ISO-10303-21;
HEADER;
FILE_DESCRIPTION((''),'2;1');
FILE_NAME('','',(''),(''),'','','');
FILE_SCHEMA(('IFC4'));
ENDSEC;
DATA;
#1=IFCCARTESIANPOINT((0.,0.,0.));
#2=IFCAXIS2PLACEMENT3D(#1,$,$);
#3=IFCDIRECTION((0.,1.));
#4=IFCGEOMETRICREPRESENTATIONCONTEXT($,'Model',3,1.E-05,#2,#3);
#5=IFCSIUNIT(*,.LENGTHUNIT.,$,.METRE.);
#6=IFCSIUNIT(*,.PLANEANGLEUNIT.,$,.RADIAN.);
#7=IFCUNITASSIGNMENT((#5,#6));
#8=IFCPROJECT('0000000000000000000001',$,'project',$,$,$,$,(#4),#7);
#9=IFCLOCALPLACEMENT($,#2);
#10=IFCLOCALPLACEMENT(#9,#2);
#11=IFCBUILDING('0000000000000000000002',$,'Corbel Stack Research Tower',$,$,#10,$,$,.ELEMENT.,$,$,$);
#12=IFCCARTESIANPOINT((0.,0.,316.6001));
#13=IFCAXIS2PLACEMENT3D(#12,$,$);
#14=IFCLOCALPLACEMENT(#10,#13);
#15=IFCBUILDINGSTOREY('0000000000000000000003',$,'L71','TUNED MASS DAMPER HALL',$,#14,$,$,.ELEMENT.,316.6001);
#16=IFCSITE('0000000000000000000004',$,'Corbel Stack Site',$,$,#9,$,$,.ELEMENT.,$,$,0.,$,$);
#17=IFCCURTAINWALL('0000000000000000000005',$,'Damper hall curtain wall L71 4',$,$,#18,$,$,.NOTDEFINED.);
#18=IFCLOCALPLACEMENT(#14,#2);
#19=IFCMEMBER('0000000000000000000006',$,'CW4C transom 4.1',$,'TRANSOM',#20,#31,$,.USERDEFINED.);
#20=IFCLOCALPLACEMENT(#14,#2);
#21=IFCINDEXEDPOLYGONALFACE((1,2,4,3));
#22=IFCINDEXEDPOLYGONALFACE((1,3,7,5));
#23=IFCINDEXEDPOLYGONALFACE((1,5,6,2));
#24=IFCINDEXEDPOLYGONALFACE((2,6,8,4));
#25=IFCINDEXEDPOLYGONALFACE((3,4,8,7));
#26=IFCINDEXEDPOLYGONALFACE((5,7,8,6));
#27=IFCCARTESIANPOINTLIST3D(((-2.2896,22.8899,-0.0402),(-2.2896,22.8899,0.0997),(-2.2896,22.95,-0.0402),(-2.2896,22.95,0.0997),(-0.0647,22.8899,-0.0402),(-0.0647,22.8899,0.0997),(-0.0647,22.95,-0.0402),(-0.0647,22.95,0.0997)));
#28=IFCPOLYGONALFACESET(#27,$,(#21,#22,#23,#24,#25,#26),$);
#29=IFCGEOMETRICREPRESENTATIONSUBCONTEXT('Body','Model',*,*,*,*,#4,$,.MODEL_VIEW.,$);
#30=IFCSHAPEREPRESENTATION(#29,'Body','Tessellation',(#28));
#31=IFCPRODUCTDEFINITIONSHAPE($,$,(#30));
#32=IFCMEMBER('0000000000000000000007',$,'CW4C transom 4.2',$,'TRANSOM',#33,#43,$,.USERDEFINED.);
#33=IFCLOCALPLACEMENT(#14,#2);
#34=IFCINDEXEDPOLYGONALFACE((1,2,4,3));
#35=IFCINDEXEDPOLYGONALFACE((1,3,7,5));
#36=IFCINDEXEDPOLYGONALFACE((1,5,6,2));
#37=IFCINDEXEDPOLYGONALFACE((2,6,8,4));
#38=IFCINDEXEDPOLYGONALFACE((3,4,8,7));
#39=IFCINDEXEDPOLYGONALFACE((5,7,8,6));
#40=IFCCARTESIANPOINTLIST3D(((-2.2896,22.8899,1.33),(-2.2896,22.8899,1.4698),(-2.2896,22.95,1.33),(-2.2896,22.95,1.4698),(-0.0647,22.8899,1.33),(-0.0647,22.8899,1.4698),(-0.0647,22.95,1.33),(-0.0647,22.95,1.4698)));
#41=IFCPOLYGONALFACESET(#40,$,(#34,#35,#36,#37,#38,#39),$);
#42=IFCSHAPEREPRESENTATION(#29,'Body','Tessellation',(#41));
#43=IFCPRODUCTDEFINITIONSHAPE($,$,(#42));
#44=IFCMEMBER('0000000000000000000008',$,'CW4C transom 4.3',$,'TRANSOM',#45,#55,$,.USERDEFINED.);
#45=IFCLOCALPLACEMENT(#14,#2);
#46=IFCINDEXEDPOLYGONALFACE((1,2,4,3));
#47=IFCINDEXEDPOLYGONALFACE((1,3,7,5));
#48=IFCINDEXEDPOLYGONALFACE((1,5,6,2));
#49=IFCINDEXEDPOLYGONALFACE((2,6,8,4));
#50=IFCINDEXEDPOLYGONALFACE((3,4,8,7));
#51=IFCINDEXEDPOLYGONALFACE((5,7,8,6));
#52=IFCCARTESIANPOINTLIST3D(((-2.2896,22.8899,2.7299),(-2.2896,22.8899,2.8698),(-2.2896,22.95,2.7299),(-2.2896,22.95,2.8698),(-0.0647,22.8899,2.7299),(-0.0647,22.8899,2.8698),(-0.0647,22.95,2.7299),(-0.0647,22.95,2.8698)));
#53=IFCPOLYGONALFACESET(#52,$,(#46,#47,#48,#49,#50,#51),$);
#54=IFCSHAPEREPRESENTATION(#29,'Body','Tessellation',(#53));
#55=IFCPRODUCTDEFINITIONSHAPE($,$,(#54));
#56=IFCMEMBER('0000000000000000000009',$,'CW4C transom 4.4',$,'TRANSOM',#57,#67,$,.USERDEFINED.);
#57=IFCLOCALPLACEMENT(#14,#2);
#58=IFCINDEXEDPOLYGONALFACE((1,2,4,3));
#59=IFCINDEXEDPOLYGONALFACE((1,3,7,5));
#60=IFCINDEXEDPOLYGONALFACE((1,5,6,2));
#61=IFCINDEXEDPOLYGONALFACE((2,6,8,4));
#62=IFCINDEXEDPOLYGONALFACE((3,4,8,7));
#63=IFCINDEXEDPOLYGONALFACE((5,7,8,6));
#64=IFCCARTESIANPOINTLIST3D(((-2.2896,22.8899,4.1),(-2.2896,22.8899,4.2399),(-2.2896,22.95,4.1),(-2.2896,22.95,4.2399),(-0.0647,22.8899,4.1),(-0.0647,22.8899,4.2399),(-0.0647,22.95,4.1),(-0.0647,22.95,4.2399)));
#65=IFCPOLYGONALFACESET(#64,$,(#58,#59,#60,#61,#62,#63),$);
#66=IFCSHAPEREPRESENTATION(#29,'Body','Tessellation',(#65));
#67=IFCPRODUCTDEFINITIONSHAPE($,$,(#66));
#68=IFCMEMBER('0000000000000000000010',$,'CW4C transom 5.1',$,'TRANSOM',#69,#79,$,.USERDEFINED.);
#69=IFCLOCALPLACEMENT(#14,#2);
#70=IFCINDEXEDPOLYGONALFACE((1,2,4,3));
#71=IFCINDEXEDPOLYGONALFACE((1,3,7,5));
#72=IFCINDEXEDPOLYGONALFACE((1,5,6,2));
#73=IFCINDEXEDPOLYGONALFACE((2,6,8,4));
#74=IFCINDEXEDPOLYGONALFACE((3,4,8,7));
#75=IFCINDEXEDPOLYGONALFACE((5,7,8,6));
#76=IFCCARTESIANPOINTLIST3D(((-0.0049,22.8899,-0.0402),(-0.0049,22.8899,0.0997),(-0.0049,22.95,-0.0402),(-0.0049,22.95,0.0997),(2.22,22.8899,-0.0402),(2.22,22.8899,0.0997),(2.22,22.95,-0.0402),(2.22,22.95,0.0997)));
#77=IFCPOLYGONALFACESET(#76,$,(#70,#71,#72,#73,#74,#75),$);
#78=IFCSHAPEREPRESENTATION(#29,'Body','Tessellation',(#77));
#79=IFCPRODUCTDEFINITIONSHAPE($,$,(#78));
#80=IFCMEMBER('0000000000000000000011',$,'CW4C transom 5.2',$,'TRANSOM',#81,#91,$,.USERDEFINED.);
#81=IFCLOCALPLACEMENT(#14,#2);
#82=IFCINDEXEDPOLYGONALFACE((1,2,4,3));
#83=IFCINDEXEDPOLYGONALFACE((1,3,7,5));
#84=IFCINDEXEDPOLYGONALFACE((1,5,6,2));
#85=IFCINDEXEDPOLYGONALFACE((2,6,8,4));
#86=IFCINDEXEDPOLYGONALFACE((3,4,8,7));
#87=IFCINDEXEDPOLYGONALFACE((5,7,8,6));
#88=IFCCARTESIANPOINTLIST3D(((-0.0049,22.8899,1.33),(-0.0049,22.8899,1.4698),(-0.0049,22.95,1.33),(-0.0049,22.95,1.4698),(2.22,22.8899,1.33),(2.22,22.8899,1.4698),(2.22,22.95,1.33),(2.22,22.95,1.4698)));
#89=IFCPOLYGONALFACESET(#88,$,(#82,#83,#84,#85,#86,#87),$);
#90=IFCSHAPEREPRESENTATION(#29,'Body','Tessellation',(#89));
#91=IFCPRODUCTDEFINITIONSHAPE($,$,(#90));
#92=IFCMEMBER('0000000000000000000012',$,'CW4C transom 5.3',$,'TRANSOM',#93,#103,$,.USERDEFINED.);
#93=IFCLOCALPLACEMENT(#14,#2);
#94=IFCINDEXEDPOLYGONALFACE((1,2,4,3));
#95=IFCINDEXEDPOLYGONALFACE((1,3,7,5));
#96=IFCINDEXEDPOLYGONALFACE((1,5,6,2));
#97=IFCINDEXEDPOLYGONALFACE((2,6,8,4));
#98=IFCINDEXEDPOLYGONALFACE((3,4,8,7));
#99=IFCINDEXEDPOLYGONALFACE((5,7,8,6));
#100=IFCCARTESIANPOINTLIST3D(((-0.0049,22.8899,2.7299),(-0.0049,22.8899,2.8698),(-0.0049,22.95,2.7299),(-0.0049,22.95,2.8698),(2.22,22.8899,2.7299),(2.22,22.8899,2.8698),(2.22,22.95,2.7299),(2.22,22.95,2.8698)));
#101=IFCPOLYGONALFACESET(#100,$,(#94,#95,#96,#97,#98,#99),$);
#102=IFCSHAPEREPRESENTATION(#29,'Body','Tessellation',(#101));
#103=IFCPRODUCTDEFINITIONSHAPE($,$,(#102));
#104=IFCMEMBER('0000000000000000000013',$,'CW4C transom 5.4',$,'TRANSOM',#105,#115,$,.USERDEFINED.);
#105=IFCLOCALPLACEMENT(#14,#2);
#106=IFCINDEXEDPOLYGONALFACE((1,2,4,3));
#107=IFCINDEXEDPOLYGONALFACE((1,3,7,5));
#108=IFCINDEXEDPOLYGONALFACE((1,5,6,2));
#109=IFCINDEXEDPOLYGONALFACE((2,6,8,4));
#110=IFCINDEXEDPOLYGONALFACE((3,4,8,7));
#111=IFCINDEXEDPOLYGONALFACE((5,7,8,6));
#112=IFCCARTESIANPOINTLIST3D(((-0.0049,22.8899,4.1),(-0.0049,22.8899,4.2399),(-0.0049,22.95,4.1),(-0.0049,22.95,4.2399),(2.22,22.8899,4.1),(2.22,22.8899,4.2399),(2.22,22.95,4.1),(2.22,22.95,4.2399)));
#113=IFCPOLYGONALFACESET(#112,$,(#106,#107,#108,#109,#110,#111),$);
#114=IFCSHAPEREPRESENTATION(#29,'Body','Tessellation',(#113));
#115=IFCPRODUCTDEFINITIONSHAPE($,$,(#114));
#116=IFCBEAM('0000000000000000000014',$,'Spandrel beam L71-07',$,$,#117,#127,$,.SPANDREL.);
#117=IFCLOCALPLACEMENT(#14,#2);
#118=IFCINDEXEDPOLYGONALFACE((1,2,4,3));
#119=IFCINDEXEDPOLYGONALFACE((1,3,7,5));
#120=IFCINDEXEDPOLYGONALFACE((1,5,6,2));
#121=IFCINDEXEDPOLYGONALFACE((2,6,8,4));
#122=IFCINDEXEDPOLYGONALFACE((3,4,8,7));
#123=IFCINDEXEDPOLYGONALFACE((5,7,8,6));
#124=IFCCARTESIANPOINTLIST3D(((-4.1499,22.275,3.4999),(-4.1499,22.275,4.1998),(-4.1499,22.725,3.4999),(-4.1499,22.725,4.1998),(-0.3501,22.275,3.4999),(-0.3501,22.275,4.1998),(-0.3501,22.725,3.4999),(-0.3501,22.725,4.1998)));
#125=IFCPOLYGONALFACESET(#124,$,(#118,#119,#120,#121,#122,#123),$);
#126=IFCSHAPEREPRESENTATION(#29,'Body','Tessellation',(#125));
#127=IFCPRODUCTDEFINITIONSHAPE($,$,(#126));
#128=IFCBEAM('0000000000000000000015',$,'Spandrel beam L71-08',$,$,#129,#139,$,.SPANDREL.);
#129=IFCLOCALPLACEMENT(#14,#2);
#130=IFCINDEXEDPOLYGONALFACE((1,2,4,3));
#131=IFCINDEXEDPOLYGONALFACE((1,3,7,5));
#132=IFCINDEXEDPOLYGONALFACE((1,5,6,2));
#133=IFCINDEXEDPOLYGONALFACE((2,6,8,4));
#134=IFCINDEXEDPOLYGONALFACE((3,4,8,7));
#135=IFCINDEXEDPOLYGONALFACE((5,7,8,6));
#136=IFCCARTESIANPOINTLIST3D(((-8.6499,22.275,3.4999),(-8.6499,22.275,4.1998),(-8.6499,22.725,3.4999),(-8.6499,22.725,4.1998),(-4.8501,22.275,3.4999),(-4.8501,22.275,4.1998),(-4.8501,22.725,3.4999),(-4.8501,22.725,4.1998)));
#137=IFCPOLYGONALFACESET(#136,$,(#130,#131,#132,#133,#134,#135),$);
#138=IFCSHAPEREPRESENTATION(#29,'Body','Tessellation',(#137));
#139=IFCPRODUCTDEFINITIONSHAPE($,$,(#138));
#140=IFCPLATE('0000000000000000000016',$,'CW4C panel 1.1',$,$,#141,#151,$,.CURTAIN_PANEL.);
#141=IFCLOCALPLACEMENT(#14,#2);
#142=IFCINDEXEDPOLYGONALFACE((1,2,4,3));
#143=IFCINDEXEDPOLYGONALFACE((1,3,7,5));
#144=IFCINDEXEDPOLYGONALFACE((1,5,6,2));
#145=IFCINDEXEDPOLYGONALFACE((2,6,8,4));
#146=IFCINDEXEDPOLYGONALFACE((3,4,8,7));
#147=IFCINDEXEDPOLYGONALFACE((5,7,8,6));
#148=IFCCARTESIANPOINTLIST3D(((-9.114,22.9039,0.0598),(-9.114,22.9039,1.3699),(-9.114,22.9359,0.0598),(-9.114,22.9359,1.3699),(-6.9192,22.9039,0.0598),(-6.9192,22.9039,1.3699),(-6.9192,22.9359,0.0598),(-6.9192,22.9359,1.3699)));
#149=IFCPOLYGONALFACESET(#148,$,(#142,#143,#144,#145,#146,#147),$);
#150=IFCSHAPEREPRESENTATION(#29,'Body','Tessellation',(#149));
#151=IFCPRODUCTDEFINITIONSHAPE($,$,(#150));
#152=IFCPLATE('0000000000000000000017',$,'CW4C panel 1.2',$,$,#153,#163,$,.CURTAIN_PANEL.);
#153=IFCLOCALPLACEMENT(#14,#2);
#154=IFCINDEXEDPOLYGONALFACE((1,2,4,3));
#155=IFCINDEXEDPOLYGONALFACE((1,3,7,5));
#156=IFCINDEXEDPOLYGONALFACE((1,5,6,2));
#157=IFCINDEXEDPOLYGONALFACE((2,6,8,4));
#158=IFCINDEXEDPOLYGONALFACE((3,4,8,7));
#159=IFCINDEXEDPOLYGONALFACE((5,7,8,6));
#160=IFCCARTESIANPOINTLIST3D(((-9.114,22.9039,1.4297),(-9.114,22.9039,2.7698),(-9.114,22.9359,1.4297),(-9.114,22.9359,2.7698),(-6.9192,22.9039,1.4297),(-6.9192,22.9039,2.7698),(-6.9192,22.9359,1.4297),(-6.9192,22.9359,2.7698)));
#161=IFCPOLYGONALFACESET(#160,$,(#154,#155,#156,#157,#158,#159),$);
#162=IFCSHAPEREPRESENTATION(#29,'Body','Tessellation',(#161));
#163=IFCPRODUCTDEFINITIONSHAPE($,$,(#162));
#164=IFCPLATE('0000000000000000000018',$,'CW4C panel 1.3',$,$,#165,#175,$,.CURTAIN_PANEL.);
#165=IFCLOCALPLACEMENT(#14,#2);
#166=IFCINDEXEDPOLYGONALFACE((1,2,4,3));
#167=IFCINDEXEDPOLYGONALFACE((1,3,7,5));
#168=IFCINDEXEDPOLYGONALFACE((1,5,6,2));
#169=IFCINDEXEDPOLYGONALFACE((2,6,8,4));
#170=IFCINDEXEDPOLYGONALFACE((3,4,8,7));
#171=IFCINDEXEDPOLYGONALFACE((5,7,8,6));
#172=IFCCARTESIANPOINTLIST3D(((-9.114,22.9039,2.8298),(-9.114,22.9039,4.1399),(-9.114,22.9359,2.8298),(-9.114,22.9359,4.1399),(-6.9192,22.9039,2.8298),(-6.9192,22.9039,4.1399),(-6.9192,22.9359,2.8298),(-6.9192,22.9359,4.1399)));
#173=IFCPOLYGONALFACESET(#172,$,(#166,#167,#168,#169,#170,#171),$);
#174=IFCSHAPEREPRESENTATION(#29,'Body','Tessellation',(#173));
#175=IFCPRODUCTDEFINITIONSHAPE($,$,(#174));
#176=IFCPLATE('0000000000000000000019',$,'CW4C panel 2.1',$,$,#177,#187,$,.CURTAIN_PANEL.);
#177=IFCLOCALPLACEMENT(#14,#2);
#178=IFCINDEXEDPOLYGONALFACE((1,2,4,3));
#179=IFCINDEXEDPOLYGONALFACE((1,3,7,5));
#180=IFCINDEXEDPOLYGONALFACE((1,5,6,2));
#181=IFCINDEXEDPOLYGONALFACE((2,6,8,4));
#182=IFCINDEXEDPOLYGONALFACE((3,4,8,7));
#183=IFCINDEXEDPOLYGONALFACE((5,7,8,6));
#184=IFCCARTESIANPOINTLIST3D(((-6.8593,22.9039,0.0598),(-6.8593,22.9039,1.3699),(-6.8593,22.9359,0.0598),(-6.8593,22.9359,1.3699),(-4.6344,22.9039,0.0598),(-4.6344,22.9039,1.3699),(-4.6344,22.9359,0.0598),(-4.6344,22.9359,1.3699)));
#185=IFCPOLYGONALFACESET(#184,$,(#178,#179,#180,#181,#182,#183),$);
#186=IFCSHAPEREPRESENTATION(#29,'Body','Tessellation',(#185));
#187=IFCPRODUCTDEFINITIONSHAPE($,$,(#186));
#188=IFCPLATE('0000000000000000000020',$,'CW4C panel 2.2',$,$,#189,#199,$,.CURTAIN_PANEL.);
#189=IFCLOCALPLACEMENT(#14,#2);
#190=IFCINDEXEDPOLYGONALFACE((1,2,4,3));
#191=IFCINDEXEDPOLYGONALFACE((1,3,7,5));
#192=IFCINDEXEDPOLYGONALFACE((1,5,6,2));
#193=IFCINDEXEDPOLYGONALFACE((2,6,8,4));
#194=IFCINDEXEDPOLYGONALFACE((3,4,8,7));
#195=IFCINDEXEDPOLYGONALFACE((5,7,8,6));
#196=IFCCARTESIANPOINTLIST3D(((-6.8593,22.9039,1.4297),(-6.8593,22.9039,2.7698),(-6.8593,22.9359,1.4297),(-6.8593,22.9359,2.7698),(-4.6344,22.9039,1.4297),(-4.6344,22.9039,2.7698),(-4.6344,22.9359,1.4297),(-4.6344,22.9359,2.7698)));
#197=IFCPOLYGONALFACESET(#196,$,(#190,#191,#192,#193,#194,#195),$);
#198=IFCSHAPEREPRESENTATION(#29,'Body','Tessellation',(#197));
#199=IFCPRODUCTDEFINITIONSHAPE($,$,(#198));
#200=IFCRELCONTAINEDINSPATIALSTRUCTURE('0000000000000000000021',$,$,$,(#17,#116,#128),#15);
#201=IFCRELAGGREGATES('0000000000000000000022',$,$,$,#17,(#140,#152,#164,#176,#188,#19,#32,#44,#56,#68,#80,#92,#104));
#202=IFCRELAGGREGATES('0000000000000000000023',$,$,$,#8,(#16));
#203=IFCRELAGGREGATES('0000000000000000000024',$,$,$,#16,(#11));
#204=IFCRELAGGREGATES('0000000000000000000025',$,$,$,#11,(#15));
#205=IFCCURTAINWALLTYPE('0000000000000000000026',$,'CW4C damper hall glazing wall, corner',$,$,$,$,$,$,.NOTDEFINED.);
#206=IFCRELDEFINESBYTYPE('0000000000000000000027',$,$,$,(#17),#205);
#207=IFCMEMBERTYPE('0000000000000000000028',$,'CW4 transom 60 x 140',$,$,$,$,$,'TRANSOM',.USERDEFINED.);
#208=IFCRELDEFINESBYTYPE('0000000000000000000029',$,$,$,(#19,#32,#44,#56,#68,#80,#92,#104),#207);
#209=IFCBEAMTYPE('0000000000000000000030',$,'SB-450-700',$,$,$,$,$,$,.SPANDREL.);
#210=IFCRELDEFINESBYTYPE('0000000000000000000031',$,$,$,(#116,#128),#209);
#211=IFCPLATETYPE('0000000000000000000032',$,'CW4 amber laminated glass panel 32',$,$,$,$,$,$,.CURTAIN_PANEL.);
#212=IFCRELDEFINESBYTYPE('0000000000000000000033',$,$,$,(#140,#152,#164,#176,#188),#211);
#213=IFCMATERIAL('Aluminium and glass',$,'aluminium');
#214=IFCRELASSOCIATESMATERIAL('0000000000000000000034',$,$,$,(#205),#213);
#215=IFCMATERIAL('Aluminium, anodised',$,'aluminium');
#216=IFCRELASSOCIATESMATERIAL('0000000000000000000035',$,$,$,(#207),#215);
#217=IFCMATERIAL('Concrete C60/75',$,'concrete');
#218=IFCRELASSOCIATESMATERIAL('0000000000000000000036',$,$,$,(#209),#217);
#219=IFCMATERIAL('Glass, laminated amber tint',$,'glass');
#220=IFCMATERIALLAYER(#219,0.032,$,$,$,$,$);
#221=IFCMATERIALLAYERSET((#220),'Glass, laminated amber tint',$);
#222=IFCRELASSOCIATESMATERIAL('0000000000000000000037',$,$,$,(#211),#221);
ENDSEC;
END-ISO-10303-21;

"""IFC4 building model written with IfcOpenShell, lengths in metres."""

from ifc_helpers import new_model, si_unit, direction, frame, origin, origin_2d, place, context, subcontext, project, spatial, rectangle, extrude, material, layer, layer_set, material_profile, profile_set, type_object, element, aggregate, save


model = new_model("IFC4")

# Units and contexts
model_context = context("Model", 3, precision=1e-05, world=origin(), true_north=direction((0.0, 1.0)))
body_context = subcontext(model_context, "Body", "Model", "MODEL_VIEW")
ifc_project = project(units=[si_unit("LENGTHUNIT", "METRE"), si_unit("PLANEANGLEUNIT", "RADIAN")], contexts=[model_context])

# Site, building, storey
site_placement = place(None, origin())
site = spatial("IfcSite", under=ifc_project, at=site_placement, Name="Corbel Stack Site", CompositionType="ELEMENT", RefElevation=0.0)
building_placement = place(site_placement, origin())
building = spatial("IfcBuilding", under=site, at=building_placement, Name="Corbel Stack Research Tower", CompositionType="ELEMENT")
storey_placement = place(building_placement, frame((0.0, 0.0, 316.6001)))
storey = spatial("IfcBuildingStorey", under=building, at=storey_placement, Name="L71", Description="TUNED MASS DAMPER HALL", CompositionType="ELEMENT", Elevation=316.6001)

# Curtain wall, members
ifc_material_1 = material(Name="Aluminium and glass", Category="aluminium")
curtain_wall_type = type_object("IfcCurtainWallType", Name="CW4C damper hall glazing wall, corner", PredefinedType="NOTDEFINED", material=ifc_material_1)
curtain_wall_placement = place(storey_placement, origin())
curtain_wall = element("IfcCurtainWall", 1, at=curtain_wall_placement, inside=storey, type_object=curtain_wall_type, Name="Damper hall curtain wall L71 4", PredefinedType="NOTDEFINED")
ifc_material_2 = material(Name="Aluminium, anodised", Category="aluminium")
ifc_material_profile_1 = material_profile(ifc_material_2, rectangle(XDim=0.0601, YDim=0.1399, at=origin_2d()), Name="CW4 transom 60 x 140")
ifc_profile_set_1 = profile_set([ifc_material_profile_1], Name="Aluminium, anodised")
member_type_1 = type_object("IfcMemberType", Name="CW4 transom 60 x 140", ElementType="TRANSOM", PredefinedType="USERDEFINED", material=ifc_profile_set_1)
member_1_placement = place(storey_placement, frame((-2.2896, 22.9199, 0.0298), z_axis=(1.0, 0.0, 0.0), x_axis=(0.0, 1.0, 0.0)))
member_1 = element("IfcMember", 2, at=member_1_placement, type_object=member_type_1, Name="CW4C transom 4.1", ObjectType="TRANSOM", PredefinedType="USERDEFINED", context=body_context, shape_type="SweptSolid", body=[
    extrude(rectangle(XDim=0.0601, YDim=0.1399, at=origin_2d()), origin(), (0.0, 0.0, 1.0), 2.2249),
])
member_2_placement = place(storey_placement, frame((-2.2896, 22.9199, 1.3999), z_axis=(1.0, 0.0, 0.0), x_axis=(0.0, 1.0, 0.0)))
member_2 = element("IfcMember", 3, at=member_2_placement, type_object=member_type_1, Name="CW4C transom 4.2", ObjectType="TRANSOM", PredefinedType="USERDEFINED", context=body_context, shape_type="SweptSolid", body=[
    extrude(rectangle(XDim=0.0601, YDim=0.1399, at=origin_2d()), origin(), (0.0, 0.0, 1.0), 2.2249),
])
member_3_placement = place(storey_placement, frame((-2.2896, 22.9199, 2.7998), z_axis=(1.0, 0.0, 0.0), x_axis=(0.0, 1.0, 0.0)))
member_3 = element("IfcMember", 4, at=member_3_placement, type_object=member_type_1, Name="CW4C transom 4.3", ObjectType="TRANSOM", PredefinedType="USERDEFINED", context=body_context, shape_type="SweptSolid", body=[
    extrude(rectangle(XDim=0.0601, YDim=0.1399, at=origin_2d()), origin(), (0.0, 0.0, 1.0), 2.2249),
])
member_4_placement = place(storey_placement, frame((-2.2896, 22.9199, 4.1699), z_axis=(1.0, 0.0, 0.0), x_axis=(0.0, 1.0, 0.0)))
member_4 = element("IfcMember", 5, at=member_4_placement, type_object=member_type_1, Name="CW4C transom 4.4", ObjectType="TRANSOM", PredefinedType="USERDEFINED", context=body_context, shape_type="SweptSolid", body=[
    extrude(rectangle(XDim=0.0601, YDim=0.1399, at=origin_2d()), origin(), (0.0, 0.0, 1.0), 2.2249),
])
member_5_placement = place(storey_placement, frame((-0.0049, 22.9199, 0.0298), z_axis=(1.0, 0.0, 0.0), x_axis=(0.0, 1.0, 0.0)))
member_5 = element("IfcMember", 6, at=member_5_placement, type_object=member_type_1, Name="CW4C transom 5.1", ObjectType="TRANSOM", PredefinedType="USERDEFINED", context=body_context, shape_type="SweptSolid", body=[
    extrude(rectangle(XDim=0.0601, YDim=0.1399, at=origin_2d()), origin(), (0.0, 0.0, 1.0), 2.2249),
])
member_6_placement = place(storey_placement, frame((-0.0049, 22.9199, 1.3999), z_axis=(1.0, 0.0, 0.0), x_axis=(0.0, 1.0, 0.0)))
member_6 = element("IfcMember", 7, at=member_6_placement, type_object=member_type_1, Name="CW4C transom 5.2", ObjectType="TRANSOM", PredefinedType="USERDEFINED", context=body_context, shape_type="SweptSolid", body=[
    extrude(rectangle(XDim=0.0601, YDim=0.1399, at=origin_2d()), origin(), (0.0, 0.0, 1.0), 2.2249),
])
member_7_placement = place(storey_placement, frame((-0.0049, 22.9199, 2.7998), z_axis=(1.0, 0.0, 0.0), x_axis=(0.0, 1.0, 0.0)))
member_7 = element("IfcMember", 8, at=member_7_placement, type_object=member_type_1, Name="CW4C transom 5.3", ObjectType="TRANSOM", PredefinedType="USERDEFINED", context=body_context, shape_type="SweptSolid", body=[
    extrude(rectangle(XDim=0.0601, YDim=0.1399, at=origin_2d()), origin(), (0.0, 0.0, 1.0), 2.2249),
])
member_8_placement = place(storey_placement, frame((-0.0049, 22.9199, 4.1699), z_axis=(1.0, 0.0, 0.0), x_axis=(0.0, 1.0, 0.0)))
member_8 = element("IfcMember", 9, at=member_8_placement, type_object=member_type_1, Name="CW4C transom 5.4", ObjectType="TRANSOM", PredefinedType="USERDEFINED", context=body_context, shape_type="SweptSolid", body=[
    extrude(rectangle(XDim=0.0601, YDim=0.1399, at=origin_2d()), origin(), (0.0, 0.0, 1.0), 2.2249),
])

# Beams
ifc_material_3 = material(Name="Concrete C60/75", Category="concrete")
ifc_material_profile_2 = material_profile(ifc_material_3, rectangle(XDim=0.45, YDim=0.7, at=origin_2d()), Name="RC 450 x 700")
ifc_profile_set_2 = profile_set([ifc_material_profile_2], Name="Concrete C60/75")
beam_type = type_object("IfcBeamType", Name="SB-450-700", PredefinedType="SPANDREL", material=ifc_profile_set_2)
for number, where, z_axis, x_axis, name in (
    (10, (-0.3501, 22.5, 3.8499), (-1.0, 0.0, 0.0), (0.0, -1.0, 0.0), "Spandrel beam L71-07"),
    (11, (-4.8501, 22.5, 3.8499), (-1.0, 0.0, 0.0), (0.0, -1.0, 0.0), "Spandrel beam L71-08"),
):
    element("IfcBeam", number, at=place(storey_placement, frame(where, z_axis=z_axis, x_axis=x_axis)), inside=storey, type_object=beam_type, Name=name, PredefinedType="SPANDREL", context=body_context, shape_type="SweptSolid", body=[
        extrude(rectangle(XDim=0.45, YDim=0.7, at=origin_2d()), origin(), (0.0, 0.0, 1.0), 3.7998),
    ])

# Plates
ifc_material_4 = material(Name="Glass, laminated amber tint", Category="glass")
ifc_layer_1 = layer(ifc_material_4, 0.032)
ifc_layer_set_1 = layer_set([ifc_layer_1], Name="Glass, laminated amber tint")
plate_type = type_object("IfcPlateType", Name="CW4 amber laminated glass panel 32", PredefinedType="CURTAIN_PANEL", material=ifc_layer_set_1)
plate_1_placement = place(storey_placement, frame((-8.0166, 22.9199, 0.0598), z_axis=(0.0, 0.0, 1.0), x_axis=(1.0, 0.0, 0.0)))
plate_1 = element("IfcPlate", 12, at=plate_1_placement, type_object=plate_type, Name="CW4C panel 1.1", PredefinedType="CURTAIN_PANEL", context=body_context, shape_type="SweptSolid", body=[
    extrude(rectangle(XDim=2.1948, YDim=0.032, at=origin_2d()), origin(), (0.0, 0.0, 1.0), 1.3101),
])
plate_2_placement = place(storey_placement, frame((-8.0166, 22.9199, 1.4297), z_axis=(0.0, 0.0, 1.0), x_axis=(1.0, 0.0, 0.0)))
plate_2 = element("IfcPlate", 13, at=plate_2_placement, type_object=plate_type, Name="CW4C panel 1.2", PredefinedType="CURTAIN_PANEL", context=body_context, shape_type="SweptSolid", body=[
    extrude(rectangle(XDim=2.1948, YDim=0.032, at=origin_2d()), origin(), (0.0, 0.0, 1.0), 1.3401),
])
plate_3_placement = place(storey_placement, frame((-8.0166, 22.9199, 2.8298), z_axis=(0.0, 0.0, 1.0), x_axis=(1.0, 0.0, 0.0)))
plate_3 = element("IfcPlate", 14, at=plate_3_placement, type_object=plate_type, Name="CW4C panel 1.3", PredefinedType="CURTAIN_PANEL", context=body_context, shape_type="SweptSolid", body=[
    extrude(rectangle(XDim=2.1948, YDim=0.032, at=origin_2d()), origin(), (0.0, 0.0, 1.0), 1.3101),
])
plate_4_placement = place(storey_placement, frame((-5.7468, 22.9199, 0.0598), z_axis=(0.0, 0.0, 1.0), x_axis=(1.0, 0.0, 0.0)))
plate_4 = element("IfcPlate", 15, at=plate_4_placement, type_object=plate_type, Name="CW4C panel 2.1", PredefinedType="CURTAIN_PANEL", context=body_context, shape_type="SweptSolid", body=[
    extrude(rectangle(XDim=2.2249, YDim=0.032, at=origin_2d()), origin(), (0.0, 0.0, 1.0), 1.3101),
])
plate_5_placement = place(storey_placement, frame((-5.7468, 22.9199, 1.4297), z_axis=(0.0, 0.0, 1.0), x_axis=(1.0, 0.0, 0.0)))
plate_5 = element("IfcPlate", 16, at=plate_5_placement, type_object=plate_type, Name="CW4C panel 2.2", PredefinedType="CURTAIN_PANEL", context=body_context, shape_type="SweptSolid", body=[
    extrude(rectangle(XDim=2.2249, YDim=0.032, at=origin_2d()), origin(), (0.0, 0.0, 1.0), 1.3401),
])
aggregate(curtain_wall, [plate_1, plate_2, plate_3, plate_4, plate_5, member_1, member_2, member_3, member_4, member_5, member_6, member_7, member_8])

save(model, "model.ifc")
